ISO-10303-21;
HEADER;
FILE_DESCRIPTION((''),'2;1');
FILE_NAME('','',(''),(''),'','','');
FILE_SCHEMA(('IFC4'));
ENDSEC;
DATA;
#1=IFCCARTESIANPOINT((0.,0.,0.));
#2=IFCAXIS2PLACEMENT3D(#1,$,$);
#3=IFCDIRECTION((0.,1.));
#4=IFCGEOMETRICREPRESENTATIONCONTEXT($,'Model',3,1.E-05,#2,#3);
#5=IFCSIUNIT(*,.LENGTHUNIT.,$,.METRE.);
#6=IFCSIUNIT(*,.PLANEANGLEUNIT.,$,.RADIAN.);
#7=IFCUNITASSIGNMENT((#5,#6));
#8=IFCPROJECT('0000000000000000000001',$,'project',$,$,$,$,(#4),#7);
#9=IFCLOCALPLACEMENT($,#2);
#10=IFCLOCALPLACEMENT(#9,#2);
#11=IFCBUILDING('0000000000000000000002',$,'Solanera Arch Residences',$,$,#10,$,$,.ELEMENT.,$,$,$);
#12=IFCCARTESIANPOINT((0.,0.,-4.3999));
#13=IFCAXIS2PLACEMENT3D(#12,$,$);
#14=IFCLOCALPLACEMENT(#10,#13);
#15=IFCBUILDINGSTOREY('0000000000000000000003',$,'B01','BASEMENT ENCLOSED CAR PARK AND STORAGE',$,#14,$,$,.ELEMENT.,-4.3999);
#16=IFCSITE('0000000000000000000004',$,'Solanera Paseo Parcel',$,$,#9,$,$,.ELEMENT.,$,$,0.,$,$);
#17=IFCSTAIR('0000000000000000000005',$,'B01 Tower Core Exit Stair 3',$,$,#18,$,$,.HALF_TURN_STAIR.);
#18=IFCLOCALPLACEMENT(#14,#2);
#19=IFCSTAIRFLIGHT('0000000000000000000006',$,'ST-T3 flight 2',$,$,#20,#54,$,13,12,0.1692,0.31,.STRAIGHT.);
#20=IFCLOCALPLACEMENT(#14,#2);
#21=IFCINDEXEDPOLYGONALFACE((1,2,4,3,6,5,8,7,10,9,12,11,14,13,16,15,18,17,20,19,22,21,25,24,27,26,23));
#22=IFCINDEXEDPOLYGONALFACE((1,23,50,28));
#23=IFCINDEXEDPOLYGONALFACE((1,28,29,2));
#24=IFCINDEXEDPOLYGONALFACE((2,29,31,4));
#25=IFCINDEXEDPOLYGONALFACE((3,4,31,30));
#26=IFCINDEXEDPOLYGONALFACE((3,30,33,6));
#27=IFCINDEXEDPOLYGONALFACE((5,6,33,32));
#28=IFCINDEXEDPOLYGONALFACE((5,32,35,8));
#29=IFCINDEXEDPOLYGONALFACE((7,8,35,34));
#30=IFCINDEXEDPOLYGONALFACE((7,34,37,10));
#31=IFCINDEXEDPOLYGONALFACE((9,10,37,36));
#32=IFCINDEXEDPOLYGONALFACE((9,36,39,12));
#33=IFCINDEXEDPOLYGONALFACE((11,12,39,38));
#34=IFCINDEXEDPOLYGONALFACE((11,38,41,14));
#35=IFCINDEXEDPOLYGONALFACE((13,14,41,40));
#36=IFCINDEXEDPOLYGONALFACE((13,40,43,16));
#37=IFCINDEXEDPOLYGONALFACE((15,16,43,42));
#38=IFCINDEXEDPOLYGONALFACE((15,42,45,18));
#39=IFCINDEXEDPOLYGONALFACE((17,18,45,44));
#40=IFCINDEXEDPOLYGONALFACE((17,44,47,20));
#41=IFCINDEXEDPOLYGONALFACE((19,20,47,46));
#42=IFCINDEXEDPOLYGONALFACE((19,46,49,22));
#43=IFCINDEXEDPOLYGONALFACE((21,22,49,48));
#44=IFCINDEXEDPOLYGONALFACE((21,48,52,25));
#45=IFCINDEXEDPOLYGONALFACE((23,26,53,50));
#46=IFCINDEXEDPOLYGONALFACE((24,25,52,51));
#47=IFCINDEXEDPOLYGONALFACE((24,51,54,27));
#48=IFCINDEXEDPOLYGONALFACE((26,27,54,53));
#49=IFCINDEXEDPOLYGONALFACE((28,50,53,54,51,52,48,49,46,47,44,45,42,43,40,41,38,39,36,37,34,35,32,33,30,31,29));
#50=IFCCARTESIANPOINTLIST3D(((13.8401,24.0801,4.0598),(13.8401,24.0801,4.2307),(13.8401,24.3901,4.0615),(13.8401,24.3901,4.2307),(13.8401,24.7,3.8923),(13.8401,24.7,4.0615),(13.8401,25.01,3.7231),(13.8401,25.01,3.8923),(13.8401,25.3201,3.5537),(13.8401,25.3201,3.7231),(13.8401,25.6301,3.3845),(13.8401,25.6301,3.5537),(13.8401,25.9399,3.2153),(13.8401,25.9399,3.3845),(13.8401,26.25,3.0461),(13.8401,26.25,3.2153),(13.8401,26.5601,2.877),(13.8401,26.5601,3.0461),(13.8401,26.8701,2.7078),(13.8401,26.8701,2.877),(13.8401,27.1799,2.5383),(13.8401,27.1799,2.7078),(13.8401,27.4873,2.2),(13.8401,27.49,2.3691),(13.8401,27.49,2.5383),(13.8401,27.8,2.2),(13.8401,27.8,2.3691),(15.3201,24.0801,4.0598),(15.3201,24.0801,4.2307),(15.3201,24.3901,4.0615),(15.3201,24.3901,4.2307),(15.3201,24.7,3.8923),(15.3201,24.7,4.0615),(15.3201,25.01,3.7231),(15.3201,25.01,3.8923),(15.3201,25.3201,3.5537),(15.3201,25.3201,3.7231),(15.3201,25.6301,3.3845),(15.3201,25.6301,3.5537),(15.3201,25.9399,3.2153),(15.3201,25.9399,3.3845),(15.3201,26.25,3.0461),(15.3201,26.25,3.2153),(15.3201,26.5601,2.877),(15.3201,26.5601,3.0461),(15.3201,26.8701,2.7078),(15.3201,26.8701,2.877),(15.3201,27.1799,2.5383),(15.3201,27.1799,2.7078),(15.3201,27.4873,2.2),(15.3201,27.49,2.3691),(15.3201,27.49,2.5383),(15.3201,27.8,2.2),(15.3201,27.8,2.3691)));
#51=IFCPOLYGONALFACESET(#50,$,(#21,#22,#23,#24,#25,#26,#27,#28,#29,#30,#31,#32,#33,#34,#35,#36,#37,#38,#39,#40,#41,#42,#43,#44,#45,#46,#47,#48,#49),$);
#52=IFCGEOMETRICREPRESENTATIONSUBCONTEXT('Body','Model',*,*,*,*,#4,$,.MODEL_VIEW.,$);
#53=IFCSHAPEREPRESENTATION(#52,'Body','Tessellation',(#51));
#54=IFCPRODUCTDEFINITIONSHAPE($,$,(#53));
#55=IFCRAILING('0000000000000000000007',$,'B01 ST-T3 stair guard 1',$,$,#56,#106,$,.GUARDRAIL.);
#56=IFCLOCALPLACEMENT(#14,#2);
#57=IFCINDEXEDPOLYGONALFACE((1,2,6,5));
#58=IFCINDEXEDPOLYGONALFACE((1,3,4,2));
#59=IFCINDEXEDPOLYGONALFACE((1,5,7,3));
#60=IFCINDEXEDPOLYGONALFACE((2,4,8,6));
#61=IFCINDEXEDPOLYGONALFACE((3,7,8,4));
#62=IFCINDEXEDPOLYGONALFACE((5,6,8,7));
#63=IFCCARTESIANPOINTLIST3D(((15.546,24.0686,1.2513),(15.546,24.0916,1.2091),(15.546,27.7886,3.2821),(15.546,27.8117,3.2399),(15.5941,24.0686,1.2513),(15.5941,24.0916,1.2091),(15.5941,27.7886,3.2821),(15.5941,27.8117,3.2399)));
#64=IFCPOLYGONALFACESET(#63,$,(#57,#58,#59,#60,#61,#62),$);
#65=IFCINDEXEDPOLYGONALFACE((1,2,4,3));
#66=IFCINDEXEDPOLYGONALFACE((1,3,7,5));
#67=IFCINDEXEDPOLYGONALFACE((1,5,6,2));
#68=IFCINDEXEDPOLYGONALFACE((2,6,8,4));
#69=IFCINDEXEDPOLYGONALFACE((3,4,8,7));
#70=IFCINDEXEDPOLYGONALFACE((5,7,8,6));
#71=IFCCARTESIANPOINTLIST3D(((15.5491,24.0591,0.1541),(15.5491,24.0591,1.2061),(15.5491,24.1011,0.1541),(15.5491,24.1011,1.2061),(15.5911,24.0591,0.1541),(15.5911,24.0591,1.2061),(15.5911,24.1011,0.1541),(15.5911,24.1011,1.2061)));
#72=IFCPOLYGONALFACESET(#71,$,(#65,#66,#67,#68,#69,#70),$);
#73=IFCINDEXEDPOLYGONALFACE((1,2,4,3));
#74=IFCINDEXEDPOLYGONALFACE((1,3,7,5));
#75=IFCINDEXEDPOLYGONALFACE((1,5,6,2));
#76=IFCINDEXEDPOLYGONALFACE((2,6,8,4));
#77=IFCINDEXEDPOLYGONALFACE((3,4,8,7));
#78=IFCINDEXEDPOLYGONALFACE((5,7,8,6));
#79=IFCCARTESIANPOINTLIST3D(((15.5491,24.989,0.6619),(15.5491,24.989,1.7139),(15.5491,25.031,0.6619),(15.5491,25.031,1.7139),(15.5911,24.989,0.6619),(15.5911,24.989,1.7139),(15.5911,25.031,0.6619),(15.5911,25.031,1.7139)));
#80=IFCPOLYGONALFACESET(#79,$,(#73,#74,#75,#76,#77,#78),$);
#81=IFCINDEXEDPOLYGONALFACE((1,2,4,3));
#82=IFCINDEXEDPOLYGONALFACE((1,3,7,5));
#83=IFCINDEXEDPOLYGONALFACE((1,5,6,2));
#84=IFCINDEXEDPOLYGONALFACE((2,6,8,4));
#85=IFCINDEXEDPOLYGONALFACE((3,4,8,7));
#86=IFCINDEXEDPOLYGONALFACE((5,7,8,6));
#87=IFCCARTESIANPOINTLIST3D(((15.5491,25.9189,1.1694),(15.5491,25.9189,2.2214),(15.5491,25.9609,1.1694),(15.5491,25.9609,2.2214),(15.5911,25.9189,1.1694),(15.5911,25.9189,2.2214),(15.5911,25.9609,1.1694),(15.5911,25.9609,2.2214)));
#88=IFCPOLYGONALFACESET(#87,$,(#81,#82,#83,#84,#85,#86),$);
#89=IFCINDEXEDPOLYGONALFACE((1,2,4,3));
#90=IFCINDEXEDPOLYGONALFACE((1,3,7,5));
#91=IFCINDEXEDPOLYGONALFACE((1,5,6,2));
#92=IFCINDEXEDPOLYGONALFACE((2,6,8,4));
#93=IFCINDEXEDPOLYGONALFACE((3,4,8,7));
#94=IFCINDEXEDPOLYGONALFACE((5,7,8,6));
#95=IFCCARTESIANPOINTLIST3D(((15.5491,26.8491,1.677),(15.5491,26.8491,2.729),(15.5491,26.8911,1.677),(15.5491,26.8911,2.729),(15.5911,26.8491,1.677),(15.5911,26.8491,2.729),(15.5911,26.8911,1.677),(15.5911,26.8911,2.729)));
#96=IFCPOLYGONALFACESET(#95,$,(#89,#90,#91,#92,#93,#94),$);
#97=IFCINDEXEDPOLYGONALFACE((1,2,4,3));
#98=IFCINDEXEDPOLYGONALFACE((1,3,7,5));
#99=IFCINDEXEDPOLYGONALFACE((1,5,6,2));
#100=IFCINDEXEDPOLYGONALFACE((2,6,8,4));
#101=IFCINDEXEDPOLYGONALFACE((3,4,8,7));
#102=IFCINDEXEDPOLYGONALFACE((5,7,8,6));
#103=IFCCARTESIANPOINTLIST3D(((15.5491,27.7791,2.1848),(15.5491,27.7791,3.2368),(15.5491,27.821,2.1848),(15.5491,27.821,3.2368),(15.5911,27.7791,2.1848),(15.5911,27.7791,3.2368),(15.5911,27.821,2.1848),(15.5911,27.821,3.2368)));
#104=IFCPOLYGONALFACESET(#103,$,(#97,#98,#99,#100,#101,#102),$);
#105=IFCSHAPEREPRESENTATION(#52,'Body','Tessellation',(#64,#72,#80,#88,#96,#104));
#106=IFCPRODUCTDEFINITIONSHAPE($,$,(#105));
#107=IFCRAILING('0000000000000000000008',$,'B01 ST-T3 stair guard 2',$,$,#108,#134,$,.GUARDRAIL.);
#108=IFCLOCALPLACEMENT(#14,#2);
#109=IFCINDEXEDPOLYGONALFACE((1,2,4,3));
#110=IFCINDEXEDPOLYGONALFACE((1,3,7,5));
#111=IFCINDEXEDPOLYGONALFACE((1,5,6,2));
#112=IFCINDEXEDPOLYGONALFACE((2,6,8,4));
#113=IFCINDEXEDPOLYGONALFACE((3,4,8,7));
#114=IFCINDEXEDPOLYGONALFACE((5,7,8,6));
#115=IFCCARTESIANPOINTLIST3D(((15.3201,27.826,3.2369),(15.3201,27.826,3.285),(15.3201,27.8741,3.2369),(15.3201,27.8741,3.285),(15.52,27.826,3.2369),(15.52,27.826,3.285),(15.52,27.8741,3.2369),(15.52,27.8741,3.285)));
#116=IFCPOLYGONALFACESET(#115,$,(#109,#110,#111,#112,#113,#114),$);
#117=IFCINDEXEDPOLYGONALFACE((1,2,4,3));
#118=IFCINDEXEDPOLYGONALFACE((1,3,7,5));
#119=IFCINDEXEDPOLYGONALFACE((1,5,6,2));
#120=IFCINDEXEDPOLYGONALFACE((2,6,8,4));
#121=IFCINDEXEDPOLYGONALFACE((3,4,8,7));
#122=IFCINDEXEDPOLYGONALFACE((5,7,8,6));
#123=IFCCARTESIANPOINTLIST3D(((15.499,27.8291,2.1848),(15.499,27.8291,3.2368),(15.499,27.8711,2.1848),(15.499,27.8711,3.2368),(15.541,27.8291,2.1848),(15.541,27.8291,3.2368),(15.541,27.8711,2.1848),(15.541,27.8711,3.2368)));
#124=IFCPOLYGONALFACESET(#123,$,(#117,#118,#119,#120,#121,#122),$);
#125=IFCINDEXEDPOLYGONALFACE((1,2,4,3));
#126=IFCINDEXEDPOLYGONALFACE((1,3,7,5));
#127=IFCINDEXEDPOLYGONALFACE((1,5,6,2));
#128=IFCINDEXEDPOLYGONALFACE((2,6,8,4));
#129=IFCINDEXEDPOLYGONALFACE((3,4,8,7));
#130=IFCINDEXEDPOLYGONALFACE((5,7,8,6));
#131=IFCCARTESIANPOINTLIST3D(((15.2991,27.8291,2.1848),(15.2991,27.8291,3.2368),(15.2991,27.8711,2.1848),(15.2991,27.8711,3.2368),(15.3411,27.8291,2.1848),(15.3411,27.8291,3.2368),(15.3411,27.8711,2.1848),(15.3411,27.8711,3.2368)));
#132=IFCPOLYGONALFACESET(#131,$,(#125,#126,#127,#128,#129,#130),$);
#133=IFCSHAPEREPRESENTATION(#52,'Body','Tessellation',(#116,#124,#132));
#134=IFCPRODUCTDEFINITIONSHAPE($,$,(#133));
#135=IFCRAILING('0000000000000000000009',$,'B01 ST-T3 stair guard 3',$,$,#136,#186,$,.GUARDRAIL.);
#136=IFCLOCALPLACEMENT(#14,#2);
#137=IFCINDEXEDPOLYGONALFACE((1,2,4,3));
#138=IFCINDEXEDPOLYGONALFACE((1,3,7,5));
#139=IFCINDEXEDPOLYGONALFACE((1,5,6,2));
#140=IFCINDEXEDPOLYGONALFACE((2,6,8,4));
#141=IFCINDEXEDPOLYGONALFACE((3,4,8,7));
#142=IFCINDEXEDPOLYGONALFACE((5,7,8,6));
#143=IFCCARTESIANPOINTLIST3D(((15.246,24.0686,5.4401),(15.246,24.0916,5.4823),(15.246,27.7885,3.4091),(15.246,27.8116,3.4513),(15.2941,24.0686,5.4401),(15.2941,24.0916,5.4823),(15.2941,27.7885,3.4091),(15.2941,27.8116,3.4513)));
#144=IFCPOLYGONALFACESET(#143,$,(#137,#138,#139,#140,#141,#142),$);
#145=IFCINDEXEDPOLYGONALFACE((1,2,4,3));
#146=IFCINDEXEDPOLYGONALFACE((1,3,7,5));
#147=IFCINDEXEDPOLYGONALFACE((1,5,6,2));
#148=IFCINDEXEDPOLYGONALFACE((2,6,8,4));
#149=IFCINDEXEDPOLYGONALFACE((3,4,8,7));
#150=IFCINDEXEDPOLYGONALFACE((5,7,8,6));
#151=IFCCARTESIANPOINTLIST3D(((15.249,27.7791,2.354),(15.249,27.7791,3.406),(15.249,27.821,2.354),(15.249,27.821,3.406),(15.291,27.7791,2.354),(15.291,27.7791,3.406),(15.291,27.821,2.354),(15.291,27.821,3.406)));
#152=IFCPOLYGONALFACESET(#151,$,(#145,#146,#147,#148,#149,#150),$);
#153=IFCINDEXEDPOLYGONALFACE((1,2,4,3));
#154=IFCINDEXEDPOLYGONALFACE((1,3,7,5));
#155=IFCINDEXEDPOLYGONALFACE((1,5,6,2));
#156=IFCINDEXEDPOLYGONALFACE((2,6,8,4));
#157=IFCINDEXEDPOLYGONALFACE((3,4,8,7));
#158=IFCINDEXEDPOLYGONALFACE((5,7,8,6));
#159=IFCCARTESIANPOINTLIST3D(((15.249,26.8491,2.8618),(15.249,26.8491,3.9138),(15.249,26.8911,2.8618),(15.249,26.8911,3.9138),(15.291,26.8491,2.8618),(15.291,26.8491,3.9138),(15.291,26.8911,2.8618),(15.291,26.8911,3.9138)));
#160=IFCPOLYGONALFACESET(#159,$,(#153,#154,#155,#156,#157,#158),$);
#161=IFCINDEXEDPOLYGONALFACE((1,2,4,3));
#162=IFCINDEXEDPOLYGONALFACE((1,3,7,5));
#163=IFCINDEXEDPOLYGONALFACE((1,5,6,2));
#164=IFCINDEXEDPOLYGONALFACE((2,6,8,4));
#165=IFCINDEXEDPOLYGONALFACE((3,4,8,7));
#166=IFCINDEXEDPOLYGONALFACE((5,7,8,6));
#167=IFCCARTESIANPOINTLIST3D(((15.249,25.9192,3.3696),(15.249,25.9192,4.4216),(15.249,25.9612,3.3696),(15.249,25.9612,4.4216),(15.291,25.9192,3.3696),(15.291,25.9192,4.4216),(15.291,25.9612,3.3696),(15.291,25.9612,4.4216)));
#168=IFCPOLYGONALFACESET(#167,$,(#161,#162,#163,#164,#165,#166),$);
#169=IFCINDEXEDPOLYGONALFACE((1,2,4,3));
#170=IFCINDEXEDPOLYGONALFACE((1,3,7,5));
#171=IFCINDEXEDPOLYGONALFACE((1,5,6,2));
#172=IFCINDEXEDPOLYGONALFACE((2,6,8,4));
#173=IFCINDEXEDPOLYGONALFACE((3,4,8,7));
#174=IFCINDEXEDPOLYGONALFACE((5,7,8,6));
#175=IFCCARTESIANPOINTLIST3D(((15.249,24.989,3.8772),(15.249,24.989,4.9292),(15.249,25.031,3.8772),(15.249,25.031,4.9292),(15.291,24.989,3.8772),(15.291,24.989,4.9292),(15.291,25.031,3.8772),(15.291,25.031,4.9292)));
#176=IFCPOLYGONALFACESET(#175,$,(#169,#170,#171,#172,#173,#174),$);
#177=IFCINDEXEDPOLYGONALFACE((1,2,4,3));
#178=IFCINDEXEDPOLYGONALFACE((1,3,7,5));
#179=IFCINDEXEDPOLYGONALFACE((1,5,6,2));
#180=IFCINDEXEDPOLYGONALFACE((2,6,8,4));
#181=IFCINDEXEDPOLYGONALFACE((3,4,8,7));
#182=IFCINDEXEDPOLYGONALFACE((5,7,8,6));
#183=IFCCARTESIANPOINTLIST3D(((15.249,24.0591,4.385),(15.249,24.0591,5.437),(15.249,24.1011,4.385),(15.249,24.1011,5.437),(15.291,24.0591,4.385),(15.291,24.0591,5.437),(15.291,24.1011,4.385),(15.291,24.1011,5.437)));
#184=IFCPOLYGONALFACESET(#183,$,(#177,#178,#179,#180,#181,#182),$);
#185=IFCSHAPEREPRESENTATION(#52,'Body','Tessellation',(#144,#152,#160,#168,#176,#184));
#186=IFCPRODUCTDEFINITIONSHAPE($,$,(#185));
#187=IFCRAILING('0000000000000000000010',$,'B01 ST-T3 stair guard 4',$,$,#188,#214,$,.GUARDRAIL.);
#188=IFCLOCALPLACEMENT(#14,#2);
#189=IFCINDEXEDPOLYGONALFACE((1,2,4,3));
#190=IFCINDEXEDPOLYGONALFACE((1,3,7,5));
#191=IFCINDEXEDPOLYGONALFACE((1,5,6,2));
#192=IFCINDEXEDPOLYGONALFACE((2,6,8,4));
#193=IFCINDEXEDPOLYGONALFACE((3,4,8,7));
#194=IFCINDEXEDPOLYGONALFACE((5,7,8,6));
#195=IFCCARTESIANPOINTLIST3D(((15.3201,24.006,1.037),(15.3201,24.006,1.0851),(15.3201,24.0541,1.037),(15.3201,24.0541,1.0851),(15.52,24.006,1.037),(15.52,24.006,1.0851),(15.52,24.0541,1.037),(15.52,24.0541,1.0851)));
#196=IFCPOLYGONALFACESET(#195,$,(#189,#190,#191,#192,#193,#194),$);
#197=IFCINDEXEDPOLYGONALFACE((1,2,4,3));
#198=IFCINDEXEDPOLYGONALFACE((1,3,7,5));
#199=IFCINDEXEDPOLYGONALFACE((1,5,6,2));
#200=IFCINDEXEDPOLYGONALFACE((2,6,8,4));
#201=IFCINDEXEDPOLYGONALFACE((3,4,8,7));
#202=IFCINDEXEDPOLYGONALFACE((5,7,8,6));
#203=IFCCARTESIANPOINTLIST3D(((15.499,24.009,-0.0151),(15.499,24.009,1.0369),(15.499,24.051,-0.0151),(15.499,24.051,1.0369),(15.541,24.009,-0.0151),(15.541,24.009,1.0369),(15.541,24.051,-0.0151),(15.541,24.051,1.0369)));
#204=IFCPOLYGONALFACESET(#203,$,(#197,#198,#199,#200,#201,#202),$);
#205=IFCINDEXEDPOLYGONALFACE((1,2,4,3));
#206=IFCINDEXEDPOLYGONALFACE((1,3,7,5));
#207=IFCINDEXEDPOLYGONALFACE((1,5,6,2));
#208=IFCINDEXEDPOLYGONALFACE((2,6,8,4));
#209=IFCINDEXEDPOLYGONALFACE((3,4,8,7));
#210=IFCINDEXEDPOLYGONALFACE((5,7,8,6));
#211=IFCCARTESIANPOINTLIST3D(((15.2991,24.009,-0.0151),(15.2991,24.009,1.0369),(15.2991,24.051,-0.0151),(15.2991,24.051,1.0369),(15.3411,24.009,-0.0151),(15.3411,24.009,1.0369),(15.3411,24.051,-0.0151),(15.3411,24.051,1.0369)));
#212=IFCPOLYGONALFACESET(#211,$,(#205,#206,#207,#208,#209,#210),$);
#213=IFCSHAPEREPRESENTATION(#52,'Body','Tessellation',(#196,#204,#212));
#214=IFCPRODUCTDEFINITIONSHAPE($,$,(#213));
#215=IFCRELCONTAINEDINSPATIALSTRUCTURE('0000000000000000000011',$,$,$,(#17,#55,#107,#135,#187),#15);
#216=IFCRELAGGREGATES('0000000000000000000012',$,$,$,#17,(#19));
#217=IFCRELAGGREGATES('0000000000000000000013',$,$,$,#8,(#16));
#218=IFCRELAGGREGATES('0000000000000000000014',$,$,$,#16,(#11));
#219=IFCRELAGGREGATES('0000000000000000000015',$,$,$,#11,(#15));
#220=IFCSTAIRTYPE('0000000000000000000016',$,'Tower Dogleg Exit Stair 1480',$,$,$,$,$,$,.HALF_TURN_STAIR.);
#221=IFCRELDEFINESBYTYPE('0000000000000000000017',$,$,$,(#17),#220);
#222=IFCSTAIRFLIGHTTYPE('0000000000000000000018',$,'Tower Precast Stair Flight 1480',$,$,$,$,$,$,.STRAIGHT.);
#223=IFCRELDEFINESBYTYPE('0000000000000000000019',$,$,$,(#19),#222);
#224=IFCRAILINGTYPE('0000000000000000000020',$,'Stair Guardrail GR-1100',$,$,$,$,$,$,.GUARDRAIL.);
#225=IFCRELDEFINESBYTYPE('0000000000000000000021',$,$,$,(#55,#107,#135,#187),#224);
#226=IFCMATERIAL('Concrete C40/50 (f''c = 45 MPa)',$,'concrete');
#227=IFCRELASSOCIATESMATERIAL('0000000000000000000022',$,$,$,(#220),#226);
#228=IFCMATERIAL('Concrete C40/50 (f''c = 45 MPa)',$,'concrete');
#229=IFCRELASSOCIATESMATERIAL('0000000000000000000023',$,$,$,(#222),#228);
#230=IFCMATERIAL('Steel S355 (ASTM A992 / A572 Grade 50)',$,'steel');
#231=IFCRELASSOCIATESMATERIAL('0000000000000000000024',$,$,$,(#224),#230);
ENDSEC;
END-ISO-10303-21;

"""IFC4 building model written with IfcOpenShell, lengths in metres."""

from ifc_helpers import new_model, si_unit, direction, frame, origin, origin_2d, place, context, subcontext, project, spatial, polyline, rectangle, outline, extrude, material, type_object, element, aggregate, save


model = new_model("IFC4")

# Units and contexts
model_context = context("Model", 3, precision=1e-05, world=origin(), true_north=direction((0.0, 1.0)))
body_context = subcontext(model_context, "Body", "Model", "MODEL_VIEW")
ifc_project = project(units=[si_unit("LENGTHUNIT", "METRE"), si_unit("PLANEANGLEUNIT", "RADIAN")], contexts=[model_context])

# Site, building, storey
site_placement = place(None, origin())
site = spatial("IfcSite", under=ifc_project, at=site_placement, Name="Solanera Paseo Parcel", CompositionType="ELEMENT", RefElevation=0.0)
building_placement = place(site_placement, origin())
building = spatial("IfcBuilding", under=site, at=building_placement, Name="Solanera Arch Residences", CompositionType="ELEMENT")
storey_placement = place(building_placement, frame((0.0, 0.0, -4.3999)))
storey = spatial("IfcBuildingStorey", under=building, at=storey_placement, Name="B01", Description="BASEMENT ENCLOSED CAR PARK AND STORAGE", CompositionType="ELEMENT", Elevation=-4.3999)

# Stair, stair flight
ifc_material_1 = material(Name="Concrete C40/50 (f'c = 45 MPa)", Category="concrete")
stair_type = type_object("IfcStairType", Name="Tower Dogleg Exit Stair 1480", PredefinedType="HALF_TURN_STAIR", material=ifc_material_1)
stair_placement = place(storey_placement, origin())
stair = element("IfcStair", 1, at=stair_placement, inside=storey, type_object=stair_type, Name="B01 Tower Core Exit Stair 3", PredefinedType="HALF_TURN_STAIR")
ifc_material_2 = material(Name="Concrete C40/50 (f'c = 45 MPa)", Category="concrete")
stair_flight_type = type_object("IfcStairFlightType", Name="Tower Precast Stair Flight 1480", PredefinedType="STRAIGHT", material=ifc_material_2)
stair_flight_1_placement = place(storey_placement, frame((14.5801, 27.8, 2.2), z_axis=(0.0, 0.0, 1.0), x_axis=(0.0, -1.0, 0.0)))
stair_flight_1 = element("IfcStairFlight", 2, at=stair_flight_1_placement, type_object=stair_flight_type, Name="ST-T3 flight 2", NumberOfRisers=13, NumberOfTreads=12, PredefinedType="STRAIGHT", RiserHeight=0.1692, TreadLength=0.31, context=body_context, shape_type="SweptSolid", body=[
    extrude(outline(polyline([(0.0, 0.0), (0.0, 0.1692), (0.3101, 0.1692), (0.3101, 0.3384), (0.6201, 0.3384), (0.6201, 0.5078), (0.9299, 0.5078), (0.9299, 0.677), (1.24, 0.677), (1.24, 0.8462), (1.55, 0.8462), (1.55, 1.0154), (1.8601, 1.0154), (1.8601, 1.1846), (2.1699, 1.1846), (2.1699, 1.3538), (2.48, 1.3538), (2.48, 1.5232), (2.79, 1.5232), (2.79, 1.6924), (3.1001, 1.6924), (3.1001, 1.8616), (3.4099, 1.8616), (3.4099, 2.0308), (3.72, 2.0308), (3.72, 2.2), (3.72, 1.8599), (0.3127, 0.0), (0.0, 0.0)])), frame((0.0, 0.74, 0.0), z_axis=(0.0, -1.0, 0.0), x_axis=(1.0, 0.0, 0.0)), (0.0, 0.0, 1.0), 1.48),
])
aggregate(stair, [stair_flight_1])

# Railings
ifc_material_3 = material(Name="Steel S355 (ASTM A992 / A572 Grade 50)", Category="steel")
railing_type_1 = type_object("IfcRailingType", Name="Stair Guardrail GR-1100", PredefinedType="GUARDRAIL", material=ifc_material_3)
railing_1_placement = place(storey_placement, frame((15.5701, 24.0801, 0.1541)))
element("IfcRailing", 3, at=railing_1_placement, inside=storey, type_object=railing_type_1, Name="B01 ST-T3 stair guard 1", PredefinedType="GUARDRAIL", context=body_context, shape_type="SweptSolid", body=[
    extrude(rectangle(XDim=0.0481, YDim=0.0481, at=origin_2d()), frame((0.0, 0.0, 1.0762), z_axis=(0.0, 0.877728, 0.479159), x_axis=(-1.0, 0.0, 0.0)), (0.0, 0.0, 1.0), 4.2383),
    extrude(rectangle(XDim=0.042, YDim=0.042, at=origin_2d()), origin(), (0.0, 0.0, 1.0), 1.052),
    extrude(rectangle(XDim=0.042, YDim=0.042, at=origin_2d()), frame((0.0, 0.9299, 0.5078)), (0.0, 0.0, 1.0), 1.052),
    extrude(rectangle(XDim=0.042, YDim=0.042, at=origin_2d()), frame((0.0, 1.8599, 1.0154)), (0.0, 0.0, 1.0), 1.052),
    extrude(rectangle(XDim=0.042, YDim=0.042, at=origin_2d()), frame((0.0, 2.79, 1.5229)), (0.0, 0.0, 1.0), 1.052),
    extrude(rectangle(XDim=0.042, YDim=0.042, at=origin_2d()), frame((0.0, 3.72, 2.0308)), (0.0, 0.0, 1.0), 1.052),
])
railing_2_placement = place(storey_placement, frame((15.52, 27.8501, 2.1848)))
element("IfcRailing", 4, at=railing_2_placement, inside=storey, type_object=railing_type_1, Name="B01 ST-T3 stair guard 2", PredefinedType="GUARDRAIL", context=body_context, shape_type="SweptSolid", body=[
    extrude(rectangle(XDim=0.0481, YDim=0.0481, at=origin_2d()), frame((0.0, 0.0, 1.0762), z_axis=(-1.0, 0.0, 0.0), x_axis=(0.0, -1.0, 0.0)), (0.0, 0.0, 1.0), 0.2),
    extrude(rectangle(XDim=0.042, YDim=0.042, at=origin_2d()), origin(), (0.0, 0.0, 1.0), 1.052),
    extrude(rectangle(XDim=0.042, YDim=0.042, at=origin_2d()), frame((-0.2, 0.0, 0.0)), (0.0, 0.0, 1.0), 1.052),
])
railing_3_placement = place(storey_placement, frame((15.27, 27.8, 2.354)))
element("IfcRailing", 5, at=railing_3_placement, inside=storey, type_object=railing_type_1, Name="B01 ST-T3 stair guard 3", PredefinedType="GUARDRAIL", context=body_context, shape_type="SweptSolid", body=[
    extrude(rectangle(XDim=0.0481, YDim=0.0481, at=origin_2d()), frame((0.0, 0.0, 1.0762), z_axis=(0.0, -0.877704, 0.479203), x_axis=(1.0, 0.0, 0.0)), (0.0, 0.0, 1.0), 4.2383),
    extrude(rectangle(XDim=0.042, YDim=0.042, at=origin_2d()), origin(), (0.0, 0.0, 1.0), 1.052),
    extrude(rectangle(XDim=0.042, YDim=0.042, at=origin_2d()), frame((0.0, -0.9299, 0.5078)), (0.0, 0.0, 1.0), 1.052),
    extrude(rectangle(XDim=0.042, YDim=0.042, at=origin_2d()), frame((0.0, -1.8599, 1.0156)), (0.0, 0.0, 1.0), 1.052),
    extrude(rectangle(XDim=0.042, YDim=0.042, at=origin_2d()), frame((0.0, -2.79, 1.5232)), (0.0, 0.0, 1.0), 1.052),
    extrude(rectangle(XDim=0.042, YDim=0.042, at=origin_2d()), frame((0.0, -3.72, 2.031)), (0.0, 0.0, 1.0), 1.052),
])
railing_4_placement = place(storey_placement, frame((15.52, 24.03, -0.0151)))
element("IfcRailing", 6, at=railing_4_placement, inside=storey, type_object=railing_type_1, Name="B01 ST-T3 stair guard 4", PredefinedType="GUARDRAIL", context=body_context, shape_type="SweptSolid", body=[
    extrude(rectangle(XDim=0.0481, YDim=0.0481, at=origin_2d()), frame((0.0, 0.0, 1.0762), z_axis=(-1.0, 0.0, 0.0), x_axis=(0.0, -1.0, 0.0)), (0.0, 0.0, 1.0), 0.2),
    extrude(rectangle(XDim=0.042, YDim=0.042, at=origin_2d()), origin(), (0.0, 0.0, 1.0), 1.052),
    extrude(rectangle(XDim=0.042, YDim=0.042, at=origin_2d()), frame((-0.2, 0.0, 0.0)), (0.0, 0.0, 1.0), 1.052),
])

save(model, "model.ifc")
